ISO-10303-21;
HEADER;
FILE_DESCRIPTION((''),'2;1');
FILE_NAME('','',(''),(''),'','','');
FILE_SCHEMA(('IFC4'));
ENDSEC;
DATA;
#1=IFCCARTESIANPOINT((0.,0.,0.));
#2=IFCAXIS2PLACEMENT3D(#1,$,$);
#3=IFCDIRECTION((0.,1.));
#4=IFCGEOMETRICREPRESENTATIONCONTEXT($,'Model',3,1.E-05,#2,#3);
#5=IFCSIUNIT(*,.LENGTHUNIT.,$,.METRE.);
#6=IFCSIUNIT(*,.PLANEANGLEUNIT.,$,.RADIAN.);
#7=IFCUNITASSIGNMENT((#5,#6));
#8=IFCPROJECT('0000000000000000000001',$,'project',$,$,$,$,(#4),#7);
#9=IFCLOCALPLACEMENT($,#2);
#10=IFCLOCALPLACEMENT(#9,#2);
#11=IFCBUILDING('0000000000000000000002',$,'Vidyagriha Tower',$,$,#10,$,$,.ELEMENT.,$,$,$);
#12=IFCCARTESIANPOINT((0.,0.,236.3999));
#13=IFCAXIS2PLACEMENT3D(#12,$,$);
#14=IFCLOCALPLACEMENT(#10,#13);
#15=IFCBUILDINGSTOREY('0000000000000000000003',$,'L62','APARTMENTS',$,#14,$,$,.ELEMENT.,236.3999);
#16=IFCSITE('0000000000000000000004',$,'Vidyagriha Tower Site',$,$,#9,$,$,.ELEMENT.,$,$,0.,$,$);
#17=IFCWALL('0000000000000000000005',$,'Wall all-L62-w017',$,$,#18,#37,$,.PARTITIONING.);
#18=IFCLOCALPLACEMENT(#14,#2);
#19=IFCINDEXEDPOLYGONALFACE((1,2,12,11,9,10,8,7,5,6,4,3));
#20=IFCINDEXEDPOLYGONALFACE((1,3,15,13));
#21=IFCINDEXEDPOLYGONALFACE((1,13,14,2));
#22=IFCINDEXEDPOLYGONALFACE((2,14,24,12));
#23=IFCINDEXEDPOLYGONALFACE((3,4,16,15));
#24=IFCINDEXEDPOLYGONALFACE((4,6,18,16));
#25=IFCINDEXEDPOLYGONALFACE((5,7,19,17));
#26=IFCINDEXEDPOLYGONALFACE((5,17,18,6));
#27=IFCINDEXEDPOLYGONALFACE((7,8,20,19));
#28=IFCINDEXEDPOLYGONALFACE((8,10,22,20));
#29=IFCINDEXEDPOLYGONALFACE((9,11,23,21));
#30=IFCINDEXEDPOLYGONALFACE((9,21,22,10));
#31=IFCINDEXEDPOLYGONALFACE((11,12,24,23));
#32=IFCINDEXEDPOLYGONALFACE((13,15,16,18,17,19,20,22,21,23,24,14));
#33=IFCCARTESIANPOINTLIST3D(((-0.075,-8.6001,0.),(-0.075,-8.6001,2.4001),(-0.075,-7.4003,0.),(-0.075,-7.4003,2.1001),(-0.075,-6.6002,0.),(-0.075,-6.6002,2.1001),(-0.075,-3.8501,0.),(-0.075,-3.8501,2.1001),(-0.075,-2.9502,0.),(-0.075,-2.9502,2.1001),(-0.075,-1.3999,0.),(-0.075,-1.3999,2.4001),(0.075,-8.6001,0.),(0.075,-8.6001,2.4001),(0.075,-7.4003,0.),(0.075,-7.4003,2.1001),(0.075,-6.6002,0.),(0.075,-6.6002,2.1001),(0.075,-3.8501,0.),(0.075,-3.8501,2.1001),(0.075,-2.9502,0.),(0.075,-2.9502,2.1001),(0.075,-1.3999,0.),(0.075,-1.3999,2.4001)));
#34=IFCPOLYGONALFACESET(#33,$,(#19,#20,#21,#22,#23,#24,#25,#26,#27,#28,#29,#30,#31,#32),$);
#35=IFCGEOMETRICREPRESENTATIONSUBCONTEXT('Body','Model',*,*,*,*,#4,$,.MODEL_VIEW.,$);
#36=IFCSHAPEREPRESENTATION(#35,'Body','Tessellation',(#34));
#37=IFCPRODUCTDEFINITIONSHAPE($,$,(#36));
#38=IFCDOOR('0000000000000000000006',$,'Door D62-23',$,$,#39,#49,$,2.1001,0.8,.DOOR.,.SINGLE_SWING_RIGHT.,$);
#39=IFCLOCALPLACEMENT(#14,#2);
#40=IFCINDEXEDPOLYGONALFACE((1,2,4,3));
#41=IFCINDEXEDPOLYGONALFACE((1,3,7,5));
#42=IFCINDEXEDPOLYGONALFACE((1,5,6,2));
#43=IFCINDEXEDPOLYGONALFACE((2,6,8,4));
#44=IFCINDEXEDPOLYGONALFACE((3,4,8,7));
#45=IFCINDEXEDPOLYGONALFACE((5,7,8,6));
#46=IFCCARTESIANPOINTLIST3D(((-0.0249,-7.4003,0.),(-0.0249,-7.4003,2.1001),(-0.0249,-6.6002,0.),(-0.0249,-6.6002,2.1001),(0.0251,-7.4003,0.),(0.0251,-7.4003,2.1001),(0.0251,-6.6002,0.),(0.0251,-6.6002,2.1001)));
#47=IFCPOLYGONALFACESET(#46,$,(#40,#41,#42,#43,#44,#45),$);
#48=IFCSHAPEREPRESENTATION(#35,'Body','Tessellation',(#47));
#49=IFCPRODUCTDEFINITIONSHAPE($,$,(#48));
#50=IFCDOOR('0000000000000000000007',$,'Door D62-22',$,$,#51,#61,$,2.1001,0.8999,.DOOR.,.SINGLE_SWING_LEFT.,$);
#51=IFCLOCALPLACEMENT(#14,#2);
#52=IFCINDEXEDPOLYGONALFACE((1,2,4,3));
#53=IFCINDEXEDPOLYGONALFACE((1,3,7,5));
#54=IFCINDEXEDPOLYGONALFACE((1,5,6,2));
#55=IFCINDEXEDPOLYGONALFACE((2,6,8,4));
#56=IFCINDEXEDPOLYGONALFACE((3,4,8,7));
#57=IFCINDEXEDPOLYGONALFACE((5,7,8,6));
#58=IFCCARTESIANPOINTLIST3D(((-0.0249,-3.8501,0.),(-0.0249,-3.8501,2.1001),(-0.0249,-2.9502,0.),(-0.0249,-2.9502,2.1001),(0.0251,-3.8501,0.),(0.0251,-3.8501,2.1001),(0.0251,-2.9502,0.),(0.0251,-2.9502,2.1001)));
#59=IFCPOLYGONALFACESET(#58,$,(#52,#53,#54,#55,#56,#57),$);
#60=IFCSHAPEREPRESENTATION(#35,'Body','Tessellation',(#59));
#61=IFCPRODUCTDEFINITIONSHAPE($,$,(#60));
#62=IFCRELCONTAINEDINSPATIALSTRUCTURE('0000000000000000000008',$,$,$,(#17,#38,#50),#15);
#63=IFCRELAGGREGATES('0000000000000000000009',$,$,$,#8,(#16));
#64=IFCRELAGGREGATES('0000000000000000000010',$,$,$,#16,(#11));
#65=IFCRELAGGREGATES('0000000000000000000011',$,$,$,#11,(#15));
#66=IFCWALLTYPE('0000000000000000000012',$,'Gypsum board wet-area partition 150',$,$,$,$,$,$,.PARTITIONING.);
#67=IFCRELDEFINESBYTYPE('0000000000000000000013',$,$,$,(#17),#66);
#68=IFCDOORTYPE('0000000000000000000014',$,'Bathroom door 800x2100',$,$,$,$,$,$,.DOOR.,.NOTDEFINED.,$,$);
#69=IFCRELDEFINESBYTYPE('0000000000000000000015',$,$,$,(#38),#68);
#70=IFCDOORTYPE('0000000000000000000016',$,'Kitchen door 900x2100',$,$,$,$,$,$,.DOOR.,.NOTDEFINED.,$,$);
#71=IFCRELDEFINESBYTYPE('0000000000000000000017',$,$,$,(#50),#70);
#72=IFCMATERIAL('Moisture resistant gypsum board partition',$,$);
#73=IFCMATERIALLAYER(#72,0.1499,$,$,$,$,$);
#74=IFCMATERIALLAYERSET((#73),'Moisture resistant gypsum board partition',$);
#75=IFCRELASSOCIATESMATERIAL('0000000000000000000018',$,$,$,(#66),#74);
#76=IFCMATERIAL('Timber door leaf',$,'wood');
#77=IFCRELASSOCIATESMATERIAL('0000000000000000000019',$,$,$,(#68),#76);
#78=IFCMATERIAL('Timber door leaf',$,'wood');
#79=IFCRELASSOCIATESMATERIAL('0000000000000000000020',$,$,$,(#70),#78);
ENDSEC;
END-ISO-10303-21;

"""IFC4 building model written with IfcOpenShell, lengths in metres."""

from ifc_helpers import new_model, si_unit, direction, frame, frame_2d, origin, place, context, subcontext, project, spatial, rectangle, extrude, material, layer, layer_set, type_object, element, fill, save


model = new_model("IFC4")

# Units and contexts
model_context = context("Model", 3, precision=1e-05, world=origin(), true_north=direction((0.0, 1.0)))
body_context = subcontext(model_context, "Body", "Model", "MODEL_VIEW")
ifc_project = project(units=[si_unit("LENGTHUNIT", "METRE"), si_unit("PLANEANGLEUNIT", "RADIAN")], contexts=[model_context])

# Site, building, storey
site_placement = place(None, origin())
site = spatial("IfcSite", under=ifc_project, at=site_placement, Name="Vidyagriha Tower Site", CompositionType="ELEMENT", RefElevation=0.0)
building_placement = place(site_placement, origin())
building = spatial("IfcBuilding", under=site, at=building_placement, Name="Vidyagriha Tower", CompositionType="ELEMENT")
storey_placement = place(building_placement, frame((0.0, 0.0, 236.3999)))
storey = spatial("IfcBuildingStorey", under=building, at=storey_placement, Name="L62", Description="APARTMENTS", CompositionType="ELEMENT", Elevation=236.3999)

# Wall, openings, doors
ifc_material_1 = material(Name="Moisture resistant gypsum board partition")
ifc_layer_1 = layer(ifc_material_1, 0.1499)
ifc_layer_set_1 = layer_set([ifc_layer_1], Name="Moisture resistant gypsum board partition")
wall_type_1 = type_object("IfcWallType", Name="Gypsum board wet-area partition 150", PredefinedType="PARTITIONING", material=ifc_layer_set_1)
wall_1_placement = place(storey_placement, frame((0.0, -8.6001, 0.0), z_axis=(0.0, 0.0, 1.0), x_axis=(0.0, 1.0, 0.0)))
wall_1 = element("IfcWall", 1, at=wall_1_placement, inside=storey, type_object=wall_type_1, Name="Wall all-L62-w017", PredefinedType="PARTITIONING", context=body_context, shape_type="SweptSolid", body=[
    extrude(rectangle(XDim=7.2002, YDim=0.1499, at=frame_2d((3.6001, 0.0))), origin(), (0.0, 0.0, 1.0), 2.4001),
])
opening_1_placement = place(wall_1_placement, frame((4.75, 0.0, 0.0)))
opening_1 = element("IfcOpeningElement", 2, at=opening_1_placement, cuts=wall_1, PredefinedType="OPENING", context=body_context, shape_type="SweptSolid", body=[
    extrude(rectangle(XDim=0.8999, YDim=2.1001, at=frame_2d((0.45, 1.05))), frame((0.0, 0.085, 0.0), z_axis=(0.0, -1.0, 0.0), x_axis=(1.0, 0.0, 0.0)), (0.0, 0.0, 1.0), 0.1699),
])
opening_2_placement = place(wall_1_placement, frame((1.2, 0.0, 0.0)))
opening_2 = element("IfcOpeningElement", 3, at=opening_2_placement, cuts=wall_1, PredefinedType="OPENING", context=body_context, shape_type="SweptSolid", body=[
    extrude(rectangle(XDim=0.8, YDim=2.1001, at=frame_2d((0.3999, 1.05))), frame((0.0, 0.085, 0.0), z_axis=(0.0, -1.0, 0.0), x_axis=(1.0, 0.0, 0.0)), (0.0, 0.0, 1.0), 0.1699),
])
ifc_material_2 = material(Name="Timber door leaf", Category="wood")
door_type_1 = type_object("IfcDoorType", Name="Bathroom door 800x2100", OperationType="NOTDEFINED", PredefinedType="DOOR", material=ifc_material_2)
door_1_placement = place(opening_2_placement, origin())
door_1 = element("IfcDoor", 4, at=door_1_placement, inside=storey, type_object=door_type_1, Name="Door D62-23", OperationType="SINGLE_SWING_RIGHT", OverallHeight=2.1001, OverallWidth=0.8, PredefinedType="DOOR", context=body_context, shape_type="SweptSolid", body=[
    extrude(rectangle(XDim=0.8, YDim=2.1001, at=frame_2d((0.3999, 1.05))), frame((0.0, 0.0249, 0.0), z_axis=(0.0, -1.0, 0.0), x_axis=(1.0, 0.0, 0.0)), (0.0, 0.0, 1.0), 0.05),
])
fill(opening_2, door_1)
ifc_material_3 = material(Name="Timber door leaf", Category="wood")
door_type_2 = type_object("IfcDoorType", Name="Kitchen door 900x2100", OperationType="NOTDEFINED", PredefinedType="DOOR", material=ifc_material_3)
door_2_placement = place(opening_1_placement, origin())
door_2 = element("IfcDoor", 5, at=door_2_placement, inside=storey, type_object=door_type_2, Name="Door D62-22", OperationType="SINGLE_SWING_LEFT", OverallHeight=2.1001, OverallWidth=0.8999, PredefinedType="DOOR", context=body_context, shape_type="SweptSolid", body=[
    extrude(rectangle(XDim=0.8999, YDim=2.1001, at=frame_2d((0.45, 1.05))), frame((0.0, 0.0249, 0.0), z_axis=(0.0, -1.0, 0.0), x_axis=(1.0, 0.0, 0.0)), (0.0, 0.0, 1.0), 0.05),
])
fill(opening_1, door_2)

save(model, "model.ifc")
